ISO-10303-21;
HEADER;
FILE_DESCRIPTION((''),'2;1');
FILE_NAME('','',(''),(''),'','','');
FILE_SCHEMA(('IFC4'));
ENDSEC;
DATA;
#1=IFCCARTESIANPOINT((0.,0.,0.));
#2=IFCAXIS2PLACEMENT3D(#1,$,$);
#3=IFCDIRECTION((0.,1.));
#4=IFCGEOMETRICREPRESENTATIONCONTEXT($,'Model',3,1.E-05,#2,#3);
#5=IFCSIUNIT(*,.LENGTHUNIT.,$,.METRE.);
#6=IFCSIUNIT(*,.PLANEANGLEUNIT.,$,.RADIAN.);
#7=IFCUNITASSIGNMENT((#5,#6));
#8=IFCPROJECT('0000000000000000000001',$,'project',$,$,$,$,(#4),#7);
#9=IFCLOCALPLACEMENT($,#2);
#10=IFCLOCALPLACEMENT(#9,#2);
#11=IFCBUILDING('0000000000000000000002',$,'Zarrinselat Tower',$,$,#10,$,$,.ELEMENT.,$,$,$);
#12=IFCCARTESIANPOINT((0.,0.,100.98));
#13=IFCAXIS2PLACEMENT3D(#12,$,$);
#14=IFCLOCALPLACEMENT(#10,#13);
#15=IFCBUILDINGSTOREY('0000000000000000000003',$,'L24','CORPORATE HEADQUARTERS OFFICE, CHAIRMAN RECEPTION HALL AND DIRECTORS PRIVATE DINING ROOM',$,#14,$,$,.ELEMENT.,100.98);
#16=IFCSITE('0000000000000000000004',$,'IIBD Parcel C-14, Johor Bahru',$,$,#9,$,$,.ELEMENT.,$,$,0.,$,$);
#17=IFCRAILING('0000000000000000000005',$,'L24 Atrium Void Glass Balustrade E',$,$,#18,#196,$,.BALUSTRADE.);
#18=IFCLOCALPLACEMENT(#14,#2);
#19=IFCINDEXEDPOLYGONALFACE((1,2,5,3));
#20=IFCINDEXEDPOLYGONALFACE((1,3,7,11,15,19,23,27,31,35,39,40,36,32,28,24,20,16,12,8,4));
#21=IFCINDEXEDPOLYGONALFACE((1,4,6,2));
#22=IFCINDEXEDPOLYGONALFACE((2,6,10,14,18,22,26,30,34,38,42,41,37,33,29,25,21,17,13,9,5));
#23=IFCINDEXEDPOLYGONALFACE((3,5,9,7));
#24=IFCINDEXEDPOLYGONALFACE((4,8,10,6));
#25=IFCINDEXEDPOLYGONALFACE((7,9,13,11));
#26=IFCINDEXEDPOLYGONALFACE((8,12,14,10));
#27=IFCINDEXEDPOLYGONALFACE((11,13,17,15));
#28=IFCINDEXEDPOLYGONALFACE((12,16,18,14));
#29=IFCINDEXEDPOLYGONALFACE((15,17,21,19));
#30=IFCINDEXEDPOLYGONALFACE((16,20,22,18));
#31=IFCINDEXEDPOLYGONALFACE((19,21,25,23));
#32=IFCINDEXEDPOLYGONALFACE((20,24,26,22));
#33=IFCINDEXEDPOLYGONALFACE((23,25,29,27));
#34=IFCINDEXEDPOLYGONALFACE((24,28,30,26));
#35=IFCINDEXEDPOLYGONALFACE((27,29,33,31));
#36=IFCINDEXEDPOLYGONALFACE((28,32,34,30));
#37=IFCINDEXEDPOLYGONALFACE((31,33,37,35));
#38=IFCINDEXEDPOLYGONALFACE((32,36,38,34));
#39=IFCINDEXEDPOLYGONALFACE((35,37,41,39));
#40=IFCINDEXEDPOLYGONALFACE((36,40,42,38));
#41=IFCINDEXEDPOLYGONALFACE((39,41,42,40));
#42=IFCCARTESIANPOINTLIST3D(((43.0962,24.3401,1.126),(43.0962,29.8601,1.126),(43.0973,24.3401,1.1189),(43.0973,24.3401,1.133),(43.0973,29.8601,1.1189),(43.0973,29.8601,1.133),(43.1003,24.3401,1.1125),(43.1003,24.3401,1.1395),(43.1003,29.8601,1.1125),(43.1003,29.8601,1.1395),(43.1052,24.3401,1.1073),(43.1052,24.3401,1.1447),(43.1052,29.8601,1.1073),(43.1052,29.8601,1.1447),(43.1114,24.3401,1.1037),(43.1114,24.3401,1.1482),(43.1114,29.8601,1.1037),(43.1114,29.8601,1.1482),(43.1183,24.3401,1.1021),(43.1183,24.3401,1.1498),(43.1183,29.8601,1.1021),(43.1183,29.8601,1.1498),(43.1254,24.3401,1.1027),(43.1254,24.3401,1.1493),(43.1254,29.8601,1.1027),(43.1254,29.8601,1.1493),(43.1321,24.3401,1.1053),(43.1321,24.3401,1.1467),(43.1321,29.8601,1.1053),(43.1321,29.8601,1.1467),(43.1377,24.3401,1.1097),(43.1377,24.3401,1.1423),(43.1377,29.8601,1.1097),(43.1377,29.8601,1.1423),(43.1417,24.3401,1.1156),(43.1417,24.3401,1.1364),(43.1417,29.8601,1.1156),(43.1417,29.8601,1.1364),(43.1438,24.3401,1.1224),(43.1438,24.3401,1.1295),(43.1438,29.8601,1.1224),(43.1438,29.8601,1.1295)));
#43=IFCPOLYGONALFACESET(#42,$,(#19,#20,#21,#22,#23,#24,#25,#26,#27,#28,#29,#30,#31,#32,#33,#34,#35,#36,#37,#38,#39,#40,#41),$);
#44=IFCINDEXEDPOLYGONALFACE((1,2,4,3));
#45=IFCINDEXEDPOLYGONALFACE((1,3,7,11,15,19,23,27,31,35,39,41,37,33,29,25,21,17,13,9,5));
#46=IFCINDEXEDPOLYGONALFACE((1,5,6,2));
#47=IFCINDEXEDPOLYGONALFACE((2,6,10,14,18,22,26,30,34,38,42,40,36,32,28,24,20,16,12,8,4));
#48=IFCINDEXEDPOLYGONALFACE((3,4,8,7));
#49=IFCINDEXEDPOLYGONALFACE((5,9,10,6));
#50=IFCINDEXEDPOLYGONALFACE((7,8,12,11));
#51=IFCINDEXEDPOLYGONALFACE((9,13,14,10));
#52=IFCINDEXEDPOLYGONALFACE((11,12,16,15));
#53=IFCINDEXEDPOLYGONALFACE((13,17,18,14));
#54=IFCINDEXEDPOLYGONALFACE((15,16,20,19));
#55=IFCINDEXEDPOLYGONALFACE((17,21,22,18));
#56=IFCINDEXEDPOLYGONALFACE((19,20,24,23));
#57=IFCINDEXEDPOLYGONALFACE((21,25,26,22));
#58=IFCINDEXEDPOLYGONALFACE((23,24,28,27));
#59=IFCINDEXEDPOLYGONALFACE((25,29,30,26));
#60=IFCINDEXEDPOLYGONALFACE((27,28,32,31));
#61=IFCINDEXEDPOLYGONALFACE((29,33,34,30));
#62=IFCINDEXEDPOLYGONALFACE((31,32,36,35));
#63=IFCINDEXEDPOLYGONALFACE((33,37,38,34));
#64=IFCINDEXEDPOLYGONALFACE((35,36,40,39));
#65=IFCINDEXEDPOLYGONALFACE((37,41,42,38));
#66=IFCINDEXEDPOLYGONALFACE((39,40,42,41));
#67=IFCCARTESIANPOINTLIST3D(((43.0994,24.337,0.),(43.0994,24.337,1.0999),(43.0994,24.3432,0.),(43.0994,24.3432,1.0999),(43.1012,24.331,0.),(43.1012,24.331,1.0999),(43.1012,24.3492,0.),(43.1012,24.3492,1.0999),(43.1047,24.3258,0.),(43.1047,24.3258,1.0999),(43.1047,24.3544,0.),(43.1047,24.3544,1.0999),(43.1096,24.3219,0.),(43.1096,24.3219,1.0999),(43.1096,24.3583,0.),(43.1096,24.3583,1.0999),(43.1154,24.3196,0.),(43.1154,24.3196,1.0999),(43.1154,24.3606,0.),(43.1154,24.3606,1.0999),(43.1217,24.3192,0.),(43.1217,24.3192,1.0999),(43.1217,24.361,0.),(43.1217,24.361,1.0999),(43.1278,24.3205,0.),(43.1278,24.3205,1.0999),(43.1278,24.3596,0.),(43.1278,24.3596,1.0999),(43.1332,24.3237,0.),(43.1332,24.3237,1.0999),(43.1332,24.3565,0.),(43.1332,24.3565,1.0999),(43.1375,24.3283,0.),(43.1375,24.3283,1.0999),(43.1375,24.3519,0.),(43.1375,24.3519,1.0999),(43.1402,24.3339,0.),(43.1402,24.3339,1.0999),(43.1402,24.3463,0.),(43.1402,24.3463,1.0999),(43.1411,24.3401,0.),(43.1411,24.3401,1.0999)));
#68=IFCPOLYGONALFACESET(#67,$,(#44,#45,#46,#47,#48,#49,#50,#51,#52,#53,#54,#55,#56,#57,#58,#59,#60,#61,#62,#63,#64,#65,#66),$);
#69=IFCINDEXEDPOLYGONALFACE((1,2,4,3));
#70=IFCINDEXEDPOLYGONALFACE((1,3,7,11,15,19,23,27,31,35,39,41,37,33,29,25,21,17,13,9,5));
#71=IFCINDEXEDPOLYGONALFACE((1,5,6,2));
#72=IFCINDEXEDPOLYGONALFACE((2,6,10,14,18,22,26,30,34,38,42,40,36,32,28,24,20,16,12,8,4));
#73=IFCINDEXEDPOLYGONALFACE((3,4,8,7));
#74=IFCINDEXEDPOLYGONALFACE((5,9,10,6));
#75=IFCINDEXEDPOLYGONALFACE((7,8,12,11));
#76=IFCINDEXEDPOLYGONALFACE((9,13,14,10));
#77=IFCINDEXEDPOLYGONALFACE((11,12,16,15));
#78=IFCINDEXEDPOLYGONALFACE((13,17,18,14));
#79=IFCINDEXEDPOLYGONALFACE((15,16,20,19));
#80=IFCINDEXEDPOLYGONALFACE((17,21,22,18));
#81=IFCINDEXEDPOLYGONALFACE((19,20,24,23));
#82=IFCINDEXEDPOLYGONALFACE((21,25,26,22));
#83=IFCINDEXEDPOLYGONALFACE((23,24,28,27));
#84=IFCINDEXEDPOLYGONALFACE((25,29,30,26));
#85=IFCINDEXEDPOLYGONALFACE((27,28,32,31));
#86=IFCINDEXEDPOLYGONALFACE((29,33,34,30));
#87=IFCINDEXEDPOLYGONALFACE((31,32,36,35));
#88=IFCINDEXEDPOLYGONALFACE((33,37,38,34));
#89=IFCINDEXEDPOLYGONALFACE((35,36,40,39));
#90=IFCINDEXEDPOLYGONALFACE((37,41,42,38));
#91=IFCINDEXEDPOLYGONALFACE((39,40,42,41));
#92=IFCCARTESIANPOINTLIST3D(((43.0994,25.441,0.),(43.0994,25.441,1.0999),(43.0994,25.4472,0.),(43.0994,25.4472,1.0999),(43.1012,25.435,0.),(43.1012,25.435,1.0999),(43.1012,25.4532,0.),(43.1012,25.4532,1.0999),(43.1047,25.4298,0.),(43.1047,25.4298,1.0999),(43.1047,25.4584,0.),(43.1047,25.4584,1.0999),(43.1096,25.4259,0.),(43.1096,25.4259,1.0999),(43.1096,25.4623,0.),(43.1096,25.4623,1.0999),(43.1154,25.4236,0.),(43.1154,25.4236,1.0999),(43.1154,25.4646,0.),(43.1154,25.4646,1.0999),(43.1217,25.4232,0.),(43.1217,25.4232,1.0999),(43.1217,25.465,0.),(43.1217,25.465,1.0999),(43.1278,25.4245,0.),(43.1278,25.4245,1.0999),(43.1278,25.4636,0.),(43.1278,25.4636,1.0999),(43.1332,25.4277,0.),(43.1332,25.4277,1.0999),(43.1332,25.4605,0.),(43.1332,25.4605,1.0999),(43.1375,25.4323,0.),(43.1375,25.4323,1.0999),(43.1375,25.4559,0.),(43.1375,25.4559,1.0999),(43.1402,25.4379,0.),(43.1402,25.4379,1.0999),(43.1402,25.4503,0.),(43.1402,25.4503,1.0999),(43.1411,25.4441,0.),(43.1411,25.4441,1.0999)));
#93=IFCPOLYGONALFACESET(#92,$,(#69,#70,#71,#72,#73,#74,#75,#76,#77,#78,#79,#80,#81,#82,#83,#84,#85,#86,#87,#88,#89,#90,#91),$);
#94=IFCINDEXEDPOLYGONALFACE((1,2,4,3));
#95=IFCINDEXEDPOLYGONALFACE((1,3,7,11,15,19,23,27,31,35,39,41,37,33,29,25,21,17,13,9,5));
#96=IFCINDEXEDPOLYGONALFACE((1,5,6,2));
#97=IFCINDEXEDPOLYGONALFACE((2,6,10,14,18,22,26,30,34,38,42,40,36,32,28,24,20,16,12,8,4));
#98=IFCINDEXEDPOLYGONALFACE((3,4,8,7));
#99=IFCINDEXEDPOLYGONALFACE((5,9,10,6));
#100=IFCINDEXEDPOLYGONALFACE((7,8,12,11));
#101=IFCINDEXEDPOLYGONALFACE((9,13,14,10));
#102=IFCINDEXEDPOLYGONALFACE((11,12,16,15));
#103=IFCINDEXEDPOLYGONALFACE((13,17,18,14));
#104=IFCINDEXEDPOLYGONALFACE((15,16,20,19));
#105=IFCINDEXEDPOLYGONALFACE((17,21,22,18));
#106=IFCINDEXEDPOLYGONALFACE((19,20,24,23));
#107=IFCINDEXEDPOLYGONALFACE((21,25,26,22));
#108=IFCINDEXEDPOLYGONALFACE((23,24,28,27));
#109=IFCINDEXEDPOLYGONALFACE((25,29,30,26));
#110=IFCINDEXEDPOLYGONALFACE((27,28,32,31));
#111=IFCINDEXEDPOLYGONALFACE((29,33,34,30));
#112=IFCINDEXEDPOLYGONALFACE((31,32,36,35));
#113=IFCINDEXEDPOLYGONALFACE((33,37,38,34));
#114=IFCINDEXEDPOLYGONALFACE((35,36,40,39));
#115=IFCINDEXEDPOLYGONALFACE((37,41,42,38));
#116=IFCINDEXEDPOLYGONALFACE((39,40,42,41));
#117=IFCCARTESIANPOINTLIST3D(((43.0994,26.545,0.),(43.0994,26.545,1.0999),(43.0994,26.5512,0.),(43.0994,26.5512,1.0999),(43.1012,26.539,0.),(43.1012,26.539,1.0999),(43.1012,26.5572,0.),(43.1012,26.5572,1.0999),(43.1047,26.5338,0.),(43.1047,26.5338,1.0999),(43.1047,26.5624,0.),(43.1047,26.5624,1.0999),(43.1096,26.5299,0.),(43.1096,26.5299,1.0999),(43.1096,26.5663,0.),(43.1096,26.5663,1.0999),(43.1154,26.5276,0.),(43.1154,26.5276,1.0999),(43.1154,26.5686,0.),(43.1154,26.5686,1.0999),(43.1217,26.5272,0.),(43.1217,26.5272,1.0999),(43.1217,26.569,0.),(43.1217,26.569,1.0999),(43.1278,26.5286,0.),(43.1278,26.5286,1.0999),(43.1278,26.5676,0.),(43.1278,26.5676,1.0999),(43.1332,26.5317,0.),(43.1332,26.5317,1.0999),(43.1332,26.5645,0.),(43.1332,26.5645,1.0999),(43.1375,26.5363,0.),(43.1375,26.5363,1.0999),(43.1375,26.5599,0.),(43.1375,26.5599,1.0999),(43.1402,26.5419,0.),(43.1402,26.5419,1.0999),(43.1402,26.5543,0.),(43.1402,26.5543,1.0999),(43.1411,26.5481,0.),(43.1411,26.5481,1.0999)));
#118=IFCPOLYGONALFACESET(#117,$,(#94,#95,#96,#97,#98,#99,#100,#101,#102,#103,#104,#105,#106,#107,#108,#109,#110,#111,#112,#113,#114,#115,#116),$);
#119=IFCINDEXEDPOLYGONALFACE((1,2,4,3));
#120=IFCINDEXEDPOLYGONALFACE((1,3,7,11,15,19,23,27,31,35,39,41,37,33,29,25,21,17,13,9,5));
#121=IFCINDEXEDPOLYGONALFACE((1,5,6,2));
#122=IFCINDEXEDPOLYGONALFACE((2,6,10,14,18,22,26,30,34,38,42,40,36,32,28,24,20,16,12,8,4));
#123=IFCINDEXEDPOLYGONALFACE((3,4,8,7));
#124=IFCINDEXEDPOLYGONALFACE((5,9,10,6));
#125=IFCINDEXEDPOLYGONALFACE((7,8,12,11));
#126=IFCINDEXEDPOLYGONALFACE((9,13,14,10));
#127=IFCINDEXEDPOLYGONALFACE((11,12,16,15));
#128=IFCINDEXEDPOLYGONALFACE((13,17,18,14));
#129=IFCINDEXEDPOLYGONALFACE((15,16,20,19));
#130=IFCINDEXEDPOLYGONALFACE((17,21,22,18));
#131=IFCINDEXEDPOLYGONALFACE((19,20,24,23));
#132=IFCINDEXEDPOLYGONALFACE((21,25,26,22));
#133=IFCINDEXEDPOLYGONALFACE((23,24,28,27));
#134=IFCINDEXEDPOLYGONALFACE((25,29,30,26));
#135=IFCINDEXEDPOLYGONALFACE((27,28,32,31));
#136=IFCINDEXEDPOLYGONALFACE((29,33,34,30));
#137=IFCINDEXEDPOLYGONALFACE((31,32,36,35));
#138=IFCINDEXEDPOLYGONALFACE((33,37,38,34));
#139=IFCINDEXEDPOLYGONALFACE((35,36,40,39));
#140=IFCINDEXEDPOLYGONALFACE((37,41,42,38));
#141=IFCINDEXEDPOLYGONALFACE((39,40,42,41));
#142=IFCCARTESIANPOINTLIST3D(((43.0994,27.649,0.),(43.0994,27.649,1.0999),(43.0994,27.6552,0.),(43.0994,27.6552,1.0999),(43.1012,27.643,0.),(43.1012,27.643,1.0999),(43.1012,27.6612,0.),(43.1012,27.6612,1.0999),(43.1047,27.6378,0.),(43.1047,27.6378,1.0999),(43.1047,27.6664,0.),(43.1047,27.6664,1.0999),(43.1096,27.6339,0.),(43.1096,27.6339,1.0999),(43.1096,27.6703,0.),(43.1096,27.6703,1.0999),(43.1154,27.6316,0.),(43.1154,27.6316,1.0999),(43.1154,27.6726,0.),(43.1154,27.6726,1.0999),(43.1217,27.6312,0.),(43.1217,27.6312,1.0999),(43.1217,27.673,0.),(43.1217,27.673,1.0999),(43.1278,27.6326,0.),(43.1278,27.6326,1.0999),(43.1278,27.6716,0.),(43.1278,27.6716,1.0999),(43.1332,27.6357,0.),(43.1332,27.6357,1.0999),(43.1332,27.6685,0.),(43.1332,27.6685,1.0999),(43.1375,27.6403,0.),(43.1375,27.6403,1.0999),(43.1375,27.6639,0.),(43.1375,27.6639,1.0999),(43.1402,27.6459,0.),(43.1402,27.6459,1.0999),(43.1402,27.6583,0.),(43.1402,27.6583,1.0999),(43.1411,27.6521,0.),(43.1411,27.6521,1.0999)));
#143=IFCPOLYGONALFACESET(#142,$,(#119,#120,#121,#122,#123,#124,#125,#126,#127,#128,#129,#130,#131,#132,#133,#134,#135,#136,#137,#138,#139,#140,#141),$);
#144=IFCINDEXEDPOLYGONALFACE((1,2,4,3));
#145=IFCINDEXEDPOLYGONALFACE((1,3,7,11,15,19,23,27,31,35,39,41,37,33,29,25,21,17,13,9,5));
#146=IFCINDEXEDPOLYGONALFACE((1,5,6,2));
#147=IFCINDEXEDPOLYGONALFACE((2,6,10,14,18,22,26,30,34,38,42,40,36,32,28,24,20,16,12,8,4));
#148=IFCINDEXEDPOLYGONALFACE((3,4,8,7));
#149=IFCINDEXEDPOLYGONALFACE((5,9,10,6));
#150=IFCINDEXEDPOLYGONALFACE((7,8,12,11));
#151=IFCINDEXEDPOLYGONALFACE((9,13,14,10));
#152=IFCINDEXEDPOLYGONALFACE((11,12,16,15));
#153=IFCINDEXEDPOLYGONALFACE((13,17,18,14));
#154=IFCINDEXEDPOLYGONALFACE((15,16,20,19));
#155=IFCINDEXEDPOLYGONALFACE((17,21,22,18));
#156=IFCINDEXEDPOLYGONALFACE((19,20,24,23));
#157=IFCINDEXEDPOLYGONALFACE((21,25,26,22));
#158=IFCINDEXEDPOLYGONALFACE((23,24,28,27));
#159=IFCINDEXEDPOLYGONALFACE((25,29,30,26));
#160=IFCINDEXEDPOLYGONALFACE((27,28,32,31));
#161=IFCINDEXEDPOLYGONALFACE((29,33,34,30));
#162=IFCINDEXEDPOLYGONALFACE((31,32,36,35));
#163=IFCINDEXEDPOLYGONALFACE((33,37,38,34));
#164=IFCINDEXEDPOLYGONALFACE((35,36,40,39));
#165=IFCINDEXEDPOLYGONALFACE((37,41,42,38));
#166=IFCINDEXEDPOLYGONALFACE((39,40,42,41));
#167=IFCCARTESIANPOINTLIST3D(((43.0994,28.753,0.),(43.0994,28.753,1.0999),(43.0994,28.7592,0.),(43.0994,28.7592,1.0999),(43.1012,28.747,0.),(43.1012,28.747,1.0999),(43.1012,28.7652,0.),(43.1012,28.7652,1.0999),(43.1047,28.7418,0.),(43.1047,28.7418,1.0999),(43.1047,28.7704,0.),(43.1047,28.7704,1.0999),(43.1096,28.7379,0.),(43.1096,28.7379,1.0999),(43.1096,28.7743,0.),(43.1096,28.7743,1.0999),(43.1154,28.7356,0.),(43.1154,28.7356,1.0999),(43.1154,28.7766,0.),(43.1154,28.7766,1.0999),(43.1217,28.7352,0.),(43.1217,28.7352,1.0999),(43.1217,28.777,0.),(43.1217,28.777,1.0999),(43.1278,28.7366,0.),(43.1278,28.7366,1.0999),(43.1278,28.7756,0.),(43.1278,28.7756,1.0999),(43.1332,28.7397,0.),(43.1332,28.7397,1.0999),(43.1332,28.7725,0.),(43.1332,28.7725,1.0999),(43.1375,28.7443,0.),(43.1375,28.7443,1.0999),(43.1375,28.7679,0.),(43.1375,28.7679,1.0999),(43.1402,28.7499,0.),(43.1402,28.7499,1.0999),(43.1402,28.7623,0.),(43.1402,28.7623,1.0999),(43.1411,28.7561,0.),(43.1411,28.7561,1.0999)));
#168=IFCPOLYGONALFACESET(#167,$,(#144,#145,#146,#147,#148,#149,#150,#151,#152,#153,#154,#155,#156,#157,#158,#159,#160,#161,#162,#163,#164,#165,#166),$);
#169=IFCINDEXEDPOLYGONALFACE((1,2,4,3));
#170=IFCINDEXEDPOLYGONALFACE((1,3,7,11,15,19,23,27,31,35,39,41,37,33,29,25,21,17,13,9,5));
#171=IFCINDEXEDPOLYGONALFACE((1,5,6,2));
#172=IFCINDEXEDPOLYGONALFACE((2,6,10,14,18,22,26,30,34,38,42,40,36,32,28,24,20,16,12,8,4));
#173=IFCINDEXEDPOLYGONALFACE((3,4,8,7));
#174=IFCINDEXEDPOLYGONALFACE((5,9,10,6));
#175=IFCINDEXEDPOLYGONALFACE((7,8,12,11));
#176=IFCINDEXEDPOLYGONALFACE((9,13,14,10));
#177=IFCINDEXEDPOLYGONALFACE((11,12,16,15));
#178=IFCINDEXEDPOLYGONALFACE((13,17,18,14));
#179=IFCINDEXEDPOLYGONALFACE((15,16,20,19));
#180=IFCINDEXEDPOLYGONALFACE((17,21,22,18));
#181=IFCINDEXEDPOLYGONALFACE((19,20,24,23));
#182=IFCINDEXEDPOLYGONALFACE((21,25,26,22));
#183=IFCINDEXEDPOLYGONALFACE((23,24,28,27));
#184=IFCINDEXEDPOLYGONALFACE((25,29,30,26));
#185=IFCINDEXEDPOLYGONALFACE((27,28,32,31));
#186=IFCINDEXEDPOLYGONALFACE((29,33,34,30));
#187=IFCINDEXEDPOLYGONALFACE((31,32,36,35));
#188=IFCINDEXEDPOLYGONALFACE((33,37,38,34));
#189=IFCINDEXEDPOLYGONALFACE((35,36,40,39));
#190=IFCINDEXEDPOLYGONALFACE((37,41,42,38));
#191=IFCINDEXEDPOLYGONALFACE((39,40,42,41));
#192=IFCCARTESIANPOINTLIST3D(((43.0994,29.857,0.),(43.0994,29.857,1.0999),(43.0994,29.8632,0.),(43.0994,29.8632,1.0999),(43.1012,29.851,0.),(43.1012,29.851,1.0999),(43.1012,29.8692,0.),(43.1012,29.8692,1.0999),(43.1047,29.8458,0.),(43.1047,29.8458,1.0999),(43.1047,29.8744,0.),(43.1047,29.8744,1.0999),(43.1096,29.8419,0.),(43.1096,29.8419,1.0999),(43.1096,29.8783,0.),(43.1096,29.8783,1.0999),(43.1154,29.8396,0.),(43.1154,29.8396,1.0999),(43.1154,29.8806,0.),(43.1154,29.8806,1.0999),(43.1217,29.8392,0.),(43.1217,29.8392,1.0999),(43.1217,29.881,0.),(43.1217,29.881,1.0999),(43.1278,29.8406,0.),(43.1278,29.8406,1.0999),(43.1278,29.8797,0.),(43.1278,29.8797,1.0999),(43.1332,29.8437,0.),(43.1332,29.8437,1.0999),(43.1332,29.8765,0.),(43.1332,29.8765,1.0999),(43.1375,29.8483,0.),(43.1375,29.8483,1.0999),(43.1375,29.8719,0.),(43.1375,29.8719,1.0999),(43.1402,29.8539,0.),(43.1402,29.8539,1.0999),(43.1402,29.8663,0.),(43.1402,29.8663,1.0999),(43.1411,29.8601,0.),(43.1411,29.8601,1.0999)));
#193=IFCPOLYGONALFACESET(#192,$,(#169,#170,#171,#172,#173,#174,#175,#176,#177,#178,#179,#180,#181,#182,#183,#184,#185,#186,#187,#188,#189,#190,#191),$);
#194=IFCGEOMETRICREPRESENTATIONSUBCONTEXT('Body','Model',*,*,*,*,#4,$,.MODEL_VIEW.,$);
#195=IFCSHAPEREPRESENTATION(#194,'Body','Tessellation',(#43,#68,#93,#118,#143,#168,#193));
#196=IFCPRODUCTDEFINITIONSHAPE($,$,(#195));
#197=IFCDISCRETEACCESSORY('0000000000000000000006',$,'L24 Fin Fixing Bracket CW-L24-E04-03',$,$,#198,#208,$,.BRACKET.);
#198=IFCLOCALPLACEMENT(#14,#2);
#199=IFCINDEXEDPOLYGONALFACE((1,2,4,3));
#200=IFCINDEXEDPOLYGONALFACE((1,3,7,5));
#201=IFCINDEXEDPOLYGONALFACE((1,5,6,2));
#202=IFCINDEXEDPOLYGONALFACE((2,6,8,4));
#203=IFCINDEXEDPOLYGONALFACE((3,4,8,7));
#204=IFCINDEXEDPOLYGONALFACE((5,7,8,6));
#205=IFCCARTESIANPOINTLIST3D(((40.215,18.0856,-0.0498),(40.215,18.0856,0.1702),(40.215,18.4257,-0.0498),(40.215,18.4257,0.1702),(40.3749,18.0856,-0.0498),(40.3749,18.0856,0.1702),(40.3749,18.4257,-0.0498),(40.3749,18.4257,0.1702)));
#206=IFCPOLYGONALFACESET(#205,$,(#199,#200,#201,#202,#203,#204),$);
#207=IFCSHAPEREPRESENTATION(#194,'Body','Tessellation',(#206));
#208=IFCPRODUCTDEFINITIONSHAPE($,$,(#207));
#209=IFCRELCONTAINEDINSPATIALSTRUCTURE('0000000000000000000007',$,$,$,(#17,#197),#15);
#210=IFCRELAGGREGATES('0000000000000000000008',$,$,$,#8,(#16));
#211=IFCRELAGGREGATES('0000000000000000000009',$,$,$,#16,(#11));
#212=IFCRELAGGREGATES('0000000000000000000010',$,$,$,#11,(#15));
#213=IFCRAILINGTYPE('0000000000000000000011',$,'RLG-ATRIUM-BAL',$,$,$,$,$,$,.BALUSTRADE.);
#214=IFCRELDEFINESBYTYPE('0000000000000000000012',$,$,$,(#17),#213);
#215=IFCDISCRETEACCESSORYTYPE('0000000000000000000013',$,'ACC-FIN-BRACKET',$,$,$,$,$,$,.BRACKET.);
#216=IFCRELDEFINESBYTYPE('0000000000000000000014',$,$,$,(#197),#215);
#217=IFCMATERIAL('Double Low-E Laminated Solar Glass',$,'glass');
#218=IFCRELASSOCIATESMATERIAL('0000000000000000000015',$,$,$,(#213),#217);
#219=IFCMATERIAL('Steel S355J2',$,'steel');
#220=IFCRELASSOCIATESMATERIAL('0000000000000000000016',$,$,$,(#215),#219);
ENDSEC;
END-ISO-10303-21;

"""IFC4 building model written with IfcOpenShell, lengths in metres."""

from ifc_helpers import new_model, si_unit, direction, frame, origin, origin_2d, place, context, subcontext, project, spatial, rectangle, circle, extrude, material, type_object, element, save


model = new_model("IFC4")

# Units and contexts
model_context = context("Model", 3, precision=1e-05, world=origin(), true_north=direction((0.0, 1.0)))
body_context = subcontext(model_context, "Body", "Model", "MODEL_VIEW")
ifc_project = project(units=[si_unit("LENGTHUNIT", "METRE"), si_unit("PLANEANGLEUNIT", "RADIAN")], contexts=[model_context])

# Site, building, storey
site_placement = place(None, origin())
site = spatial("IfcSite", under=ifc_project, at=site_placement, Name="IIBD Parcel C-14, Johor Bahru", CompositionType="ELEMENT", RefElevation=0.0)
building_placement = place(site_placement, origin())
building = spatial("IfcBuilding", under=site, at=building_placement, Name="Zarrinselat Tower", CompositionType="ELEMENT")
storey_placement = place(building_placement, frame((0.0, 0.0, 100.98)))
storey = spatial("IfcBuildingStorey", under=building, at=storey_placement, Name="L24", Description="CORPORATE HEADQUARTERS OFFICE, CHAIRMAN RECEPTION HALL AND DIRECTORS PRIVATE DINING ROOM", CompositionType="ELEMENT", Elevation=100.98)

# Railing
ifc_material_1 = material(Name="Double Low-E Laminated Solar Glass", Category="glass")
railing_type = type_object("IfcRailingType", Name="RLG-ATRIUM-BAL", PredefinedType="BALUSTRADE", material=ifc_material_1)
railing_placement = place(storey_placement, frame((43.1201, 24.3401, 0.0)))
element("IfcRailing", 1, at=railing_placement, inside=storey, type_object=railing_type, Name="L24 Atrium Void Glass Balustrade E", PredefinedType="BALUSTRADE", context=body_context, shape_type="SweptSolid", body=[
    extrude(circle(Radius=0.0239, at=origin_2d()), frame((0.0, 0.0, 1.126), z_axis=(0.0, 1.0, 0.0), x_axis=(-1.0, 0.0, 0.0)), (0.0, 0.0, 1.0), 5.52),
    extrude(circle(Radius=0.021, at=origin_2d()), origin(), (0.0, 0.0, 1.0), 1.0999),
    extrude(circle(Radius=0.021, at=origin_2d()), frame((0.0, 1.104, 0.0)), (0.0, 0.0, 1.0), 1.0999),
    extrude(circle(Radius=0.021, at=origin_2d()), frame((0.0, 2.208, 0.0)), (0.0, 0.0, 1.0), 1.0999),
    extrude(circle(Radius=0.021, at=origin_2d()), frame((0.0, 3.312, 0.0)), (0.0, 0.0, 1.0), 1.0999),
    extrude(circle(Radius=0.021, at=origin_2d()), frame((0.0, 4.416, 0.0)), (0.0, 0.0, 1.0), 1.0999),
    extrude(circle(Radius=0.021, at=origin_2d()), frame((0.0, 5.52, 0.0)), (0.0, 0.0, 1.0), 1.0999),
])

# Discrete accessory
ifc_material_2 = material(Name="Steel S355J2", Category="steel")
discrete_accessory_type = type_object("IfcDiscreteAccessoryType", Name="ACC-FIN-BRACKET", PredefinedType="BRACKET", material=ifc_material_2)
discrete_accessory_placement = place(storey_placement, frame((40.2949, 18.2556, -0.0498), z_axis=(0.0, 0.0, 1.0), x_axis=(0.0, -1.0, 0.0)))
element("IfcDiscreteAccessory", 2, at=discrete_accessory_placement, inside=storey, type_object=discrete_accessory_type, Name="L24 Fin Fixing Bracket CW-L24-E04-03", PredefinedType="BRACKET", context=body_context, shape_type="SweptSolid", body=[
    extrude(rectangle(XDim=0.3401, YDim=0.1599, at=origin_2d()), origin(), (0.0, 0.0, 1.0), 0.22),
])

save(model, "model.ifc")
